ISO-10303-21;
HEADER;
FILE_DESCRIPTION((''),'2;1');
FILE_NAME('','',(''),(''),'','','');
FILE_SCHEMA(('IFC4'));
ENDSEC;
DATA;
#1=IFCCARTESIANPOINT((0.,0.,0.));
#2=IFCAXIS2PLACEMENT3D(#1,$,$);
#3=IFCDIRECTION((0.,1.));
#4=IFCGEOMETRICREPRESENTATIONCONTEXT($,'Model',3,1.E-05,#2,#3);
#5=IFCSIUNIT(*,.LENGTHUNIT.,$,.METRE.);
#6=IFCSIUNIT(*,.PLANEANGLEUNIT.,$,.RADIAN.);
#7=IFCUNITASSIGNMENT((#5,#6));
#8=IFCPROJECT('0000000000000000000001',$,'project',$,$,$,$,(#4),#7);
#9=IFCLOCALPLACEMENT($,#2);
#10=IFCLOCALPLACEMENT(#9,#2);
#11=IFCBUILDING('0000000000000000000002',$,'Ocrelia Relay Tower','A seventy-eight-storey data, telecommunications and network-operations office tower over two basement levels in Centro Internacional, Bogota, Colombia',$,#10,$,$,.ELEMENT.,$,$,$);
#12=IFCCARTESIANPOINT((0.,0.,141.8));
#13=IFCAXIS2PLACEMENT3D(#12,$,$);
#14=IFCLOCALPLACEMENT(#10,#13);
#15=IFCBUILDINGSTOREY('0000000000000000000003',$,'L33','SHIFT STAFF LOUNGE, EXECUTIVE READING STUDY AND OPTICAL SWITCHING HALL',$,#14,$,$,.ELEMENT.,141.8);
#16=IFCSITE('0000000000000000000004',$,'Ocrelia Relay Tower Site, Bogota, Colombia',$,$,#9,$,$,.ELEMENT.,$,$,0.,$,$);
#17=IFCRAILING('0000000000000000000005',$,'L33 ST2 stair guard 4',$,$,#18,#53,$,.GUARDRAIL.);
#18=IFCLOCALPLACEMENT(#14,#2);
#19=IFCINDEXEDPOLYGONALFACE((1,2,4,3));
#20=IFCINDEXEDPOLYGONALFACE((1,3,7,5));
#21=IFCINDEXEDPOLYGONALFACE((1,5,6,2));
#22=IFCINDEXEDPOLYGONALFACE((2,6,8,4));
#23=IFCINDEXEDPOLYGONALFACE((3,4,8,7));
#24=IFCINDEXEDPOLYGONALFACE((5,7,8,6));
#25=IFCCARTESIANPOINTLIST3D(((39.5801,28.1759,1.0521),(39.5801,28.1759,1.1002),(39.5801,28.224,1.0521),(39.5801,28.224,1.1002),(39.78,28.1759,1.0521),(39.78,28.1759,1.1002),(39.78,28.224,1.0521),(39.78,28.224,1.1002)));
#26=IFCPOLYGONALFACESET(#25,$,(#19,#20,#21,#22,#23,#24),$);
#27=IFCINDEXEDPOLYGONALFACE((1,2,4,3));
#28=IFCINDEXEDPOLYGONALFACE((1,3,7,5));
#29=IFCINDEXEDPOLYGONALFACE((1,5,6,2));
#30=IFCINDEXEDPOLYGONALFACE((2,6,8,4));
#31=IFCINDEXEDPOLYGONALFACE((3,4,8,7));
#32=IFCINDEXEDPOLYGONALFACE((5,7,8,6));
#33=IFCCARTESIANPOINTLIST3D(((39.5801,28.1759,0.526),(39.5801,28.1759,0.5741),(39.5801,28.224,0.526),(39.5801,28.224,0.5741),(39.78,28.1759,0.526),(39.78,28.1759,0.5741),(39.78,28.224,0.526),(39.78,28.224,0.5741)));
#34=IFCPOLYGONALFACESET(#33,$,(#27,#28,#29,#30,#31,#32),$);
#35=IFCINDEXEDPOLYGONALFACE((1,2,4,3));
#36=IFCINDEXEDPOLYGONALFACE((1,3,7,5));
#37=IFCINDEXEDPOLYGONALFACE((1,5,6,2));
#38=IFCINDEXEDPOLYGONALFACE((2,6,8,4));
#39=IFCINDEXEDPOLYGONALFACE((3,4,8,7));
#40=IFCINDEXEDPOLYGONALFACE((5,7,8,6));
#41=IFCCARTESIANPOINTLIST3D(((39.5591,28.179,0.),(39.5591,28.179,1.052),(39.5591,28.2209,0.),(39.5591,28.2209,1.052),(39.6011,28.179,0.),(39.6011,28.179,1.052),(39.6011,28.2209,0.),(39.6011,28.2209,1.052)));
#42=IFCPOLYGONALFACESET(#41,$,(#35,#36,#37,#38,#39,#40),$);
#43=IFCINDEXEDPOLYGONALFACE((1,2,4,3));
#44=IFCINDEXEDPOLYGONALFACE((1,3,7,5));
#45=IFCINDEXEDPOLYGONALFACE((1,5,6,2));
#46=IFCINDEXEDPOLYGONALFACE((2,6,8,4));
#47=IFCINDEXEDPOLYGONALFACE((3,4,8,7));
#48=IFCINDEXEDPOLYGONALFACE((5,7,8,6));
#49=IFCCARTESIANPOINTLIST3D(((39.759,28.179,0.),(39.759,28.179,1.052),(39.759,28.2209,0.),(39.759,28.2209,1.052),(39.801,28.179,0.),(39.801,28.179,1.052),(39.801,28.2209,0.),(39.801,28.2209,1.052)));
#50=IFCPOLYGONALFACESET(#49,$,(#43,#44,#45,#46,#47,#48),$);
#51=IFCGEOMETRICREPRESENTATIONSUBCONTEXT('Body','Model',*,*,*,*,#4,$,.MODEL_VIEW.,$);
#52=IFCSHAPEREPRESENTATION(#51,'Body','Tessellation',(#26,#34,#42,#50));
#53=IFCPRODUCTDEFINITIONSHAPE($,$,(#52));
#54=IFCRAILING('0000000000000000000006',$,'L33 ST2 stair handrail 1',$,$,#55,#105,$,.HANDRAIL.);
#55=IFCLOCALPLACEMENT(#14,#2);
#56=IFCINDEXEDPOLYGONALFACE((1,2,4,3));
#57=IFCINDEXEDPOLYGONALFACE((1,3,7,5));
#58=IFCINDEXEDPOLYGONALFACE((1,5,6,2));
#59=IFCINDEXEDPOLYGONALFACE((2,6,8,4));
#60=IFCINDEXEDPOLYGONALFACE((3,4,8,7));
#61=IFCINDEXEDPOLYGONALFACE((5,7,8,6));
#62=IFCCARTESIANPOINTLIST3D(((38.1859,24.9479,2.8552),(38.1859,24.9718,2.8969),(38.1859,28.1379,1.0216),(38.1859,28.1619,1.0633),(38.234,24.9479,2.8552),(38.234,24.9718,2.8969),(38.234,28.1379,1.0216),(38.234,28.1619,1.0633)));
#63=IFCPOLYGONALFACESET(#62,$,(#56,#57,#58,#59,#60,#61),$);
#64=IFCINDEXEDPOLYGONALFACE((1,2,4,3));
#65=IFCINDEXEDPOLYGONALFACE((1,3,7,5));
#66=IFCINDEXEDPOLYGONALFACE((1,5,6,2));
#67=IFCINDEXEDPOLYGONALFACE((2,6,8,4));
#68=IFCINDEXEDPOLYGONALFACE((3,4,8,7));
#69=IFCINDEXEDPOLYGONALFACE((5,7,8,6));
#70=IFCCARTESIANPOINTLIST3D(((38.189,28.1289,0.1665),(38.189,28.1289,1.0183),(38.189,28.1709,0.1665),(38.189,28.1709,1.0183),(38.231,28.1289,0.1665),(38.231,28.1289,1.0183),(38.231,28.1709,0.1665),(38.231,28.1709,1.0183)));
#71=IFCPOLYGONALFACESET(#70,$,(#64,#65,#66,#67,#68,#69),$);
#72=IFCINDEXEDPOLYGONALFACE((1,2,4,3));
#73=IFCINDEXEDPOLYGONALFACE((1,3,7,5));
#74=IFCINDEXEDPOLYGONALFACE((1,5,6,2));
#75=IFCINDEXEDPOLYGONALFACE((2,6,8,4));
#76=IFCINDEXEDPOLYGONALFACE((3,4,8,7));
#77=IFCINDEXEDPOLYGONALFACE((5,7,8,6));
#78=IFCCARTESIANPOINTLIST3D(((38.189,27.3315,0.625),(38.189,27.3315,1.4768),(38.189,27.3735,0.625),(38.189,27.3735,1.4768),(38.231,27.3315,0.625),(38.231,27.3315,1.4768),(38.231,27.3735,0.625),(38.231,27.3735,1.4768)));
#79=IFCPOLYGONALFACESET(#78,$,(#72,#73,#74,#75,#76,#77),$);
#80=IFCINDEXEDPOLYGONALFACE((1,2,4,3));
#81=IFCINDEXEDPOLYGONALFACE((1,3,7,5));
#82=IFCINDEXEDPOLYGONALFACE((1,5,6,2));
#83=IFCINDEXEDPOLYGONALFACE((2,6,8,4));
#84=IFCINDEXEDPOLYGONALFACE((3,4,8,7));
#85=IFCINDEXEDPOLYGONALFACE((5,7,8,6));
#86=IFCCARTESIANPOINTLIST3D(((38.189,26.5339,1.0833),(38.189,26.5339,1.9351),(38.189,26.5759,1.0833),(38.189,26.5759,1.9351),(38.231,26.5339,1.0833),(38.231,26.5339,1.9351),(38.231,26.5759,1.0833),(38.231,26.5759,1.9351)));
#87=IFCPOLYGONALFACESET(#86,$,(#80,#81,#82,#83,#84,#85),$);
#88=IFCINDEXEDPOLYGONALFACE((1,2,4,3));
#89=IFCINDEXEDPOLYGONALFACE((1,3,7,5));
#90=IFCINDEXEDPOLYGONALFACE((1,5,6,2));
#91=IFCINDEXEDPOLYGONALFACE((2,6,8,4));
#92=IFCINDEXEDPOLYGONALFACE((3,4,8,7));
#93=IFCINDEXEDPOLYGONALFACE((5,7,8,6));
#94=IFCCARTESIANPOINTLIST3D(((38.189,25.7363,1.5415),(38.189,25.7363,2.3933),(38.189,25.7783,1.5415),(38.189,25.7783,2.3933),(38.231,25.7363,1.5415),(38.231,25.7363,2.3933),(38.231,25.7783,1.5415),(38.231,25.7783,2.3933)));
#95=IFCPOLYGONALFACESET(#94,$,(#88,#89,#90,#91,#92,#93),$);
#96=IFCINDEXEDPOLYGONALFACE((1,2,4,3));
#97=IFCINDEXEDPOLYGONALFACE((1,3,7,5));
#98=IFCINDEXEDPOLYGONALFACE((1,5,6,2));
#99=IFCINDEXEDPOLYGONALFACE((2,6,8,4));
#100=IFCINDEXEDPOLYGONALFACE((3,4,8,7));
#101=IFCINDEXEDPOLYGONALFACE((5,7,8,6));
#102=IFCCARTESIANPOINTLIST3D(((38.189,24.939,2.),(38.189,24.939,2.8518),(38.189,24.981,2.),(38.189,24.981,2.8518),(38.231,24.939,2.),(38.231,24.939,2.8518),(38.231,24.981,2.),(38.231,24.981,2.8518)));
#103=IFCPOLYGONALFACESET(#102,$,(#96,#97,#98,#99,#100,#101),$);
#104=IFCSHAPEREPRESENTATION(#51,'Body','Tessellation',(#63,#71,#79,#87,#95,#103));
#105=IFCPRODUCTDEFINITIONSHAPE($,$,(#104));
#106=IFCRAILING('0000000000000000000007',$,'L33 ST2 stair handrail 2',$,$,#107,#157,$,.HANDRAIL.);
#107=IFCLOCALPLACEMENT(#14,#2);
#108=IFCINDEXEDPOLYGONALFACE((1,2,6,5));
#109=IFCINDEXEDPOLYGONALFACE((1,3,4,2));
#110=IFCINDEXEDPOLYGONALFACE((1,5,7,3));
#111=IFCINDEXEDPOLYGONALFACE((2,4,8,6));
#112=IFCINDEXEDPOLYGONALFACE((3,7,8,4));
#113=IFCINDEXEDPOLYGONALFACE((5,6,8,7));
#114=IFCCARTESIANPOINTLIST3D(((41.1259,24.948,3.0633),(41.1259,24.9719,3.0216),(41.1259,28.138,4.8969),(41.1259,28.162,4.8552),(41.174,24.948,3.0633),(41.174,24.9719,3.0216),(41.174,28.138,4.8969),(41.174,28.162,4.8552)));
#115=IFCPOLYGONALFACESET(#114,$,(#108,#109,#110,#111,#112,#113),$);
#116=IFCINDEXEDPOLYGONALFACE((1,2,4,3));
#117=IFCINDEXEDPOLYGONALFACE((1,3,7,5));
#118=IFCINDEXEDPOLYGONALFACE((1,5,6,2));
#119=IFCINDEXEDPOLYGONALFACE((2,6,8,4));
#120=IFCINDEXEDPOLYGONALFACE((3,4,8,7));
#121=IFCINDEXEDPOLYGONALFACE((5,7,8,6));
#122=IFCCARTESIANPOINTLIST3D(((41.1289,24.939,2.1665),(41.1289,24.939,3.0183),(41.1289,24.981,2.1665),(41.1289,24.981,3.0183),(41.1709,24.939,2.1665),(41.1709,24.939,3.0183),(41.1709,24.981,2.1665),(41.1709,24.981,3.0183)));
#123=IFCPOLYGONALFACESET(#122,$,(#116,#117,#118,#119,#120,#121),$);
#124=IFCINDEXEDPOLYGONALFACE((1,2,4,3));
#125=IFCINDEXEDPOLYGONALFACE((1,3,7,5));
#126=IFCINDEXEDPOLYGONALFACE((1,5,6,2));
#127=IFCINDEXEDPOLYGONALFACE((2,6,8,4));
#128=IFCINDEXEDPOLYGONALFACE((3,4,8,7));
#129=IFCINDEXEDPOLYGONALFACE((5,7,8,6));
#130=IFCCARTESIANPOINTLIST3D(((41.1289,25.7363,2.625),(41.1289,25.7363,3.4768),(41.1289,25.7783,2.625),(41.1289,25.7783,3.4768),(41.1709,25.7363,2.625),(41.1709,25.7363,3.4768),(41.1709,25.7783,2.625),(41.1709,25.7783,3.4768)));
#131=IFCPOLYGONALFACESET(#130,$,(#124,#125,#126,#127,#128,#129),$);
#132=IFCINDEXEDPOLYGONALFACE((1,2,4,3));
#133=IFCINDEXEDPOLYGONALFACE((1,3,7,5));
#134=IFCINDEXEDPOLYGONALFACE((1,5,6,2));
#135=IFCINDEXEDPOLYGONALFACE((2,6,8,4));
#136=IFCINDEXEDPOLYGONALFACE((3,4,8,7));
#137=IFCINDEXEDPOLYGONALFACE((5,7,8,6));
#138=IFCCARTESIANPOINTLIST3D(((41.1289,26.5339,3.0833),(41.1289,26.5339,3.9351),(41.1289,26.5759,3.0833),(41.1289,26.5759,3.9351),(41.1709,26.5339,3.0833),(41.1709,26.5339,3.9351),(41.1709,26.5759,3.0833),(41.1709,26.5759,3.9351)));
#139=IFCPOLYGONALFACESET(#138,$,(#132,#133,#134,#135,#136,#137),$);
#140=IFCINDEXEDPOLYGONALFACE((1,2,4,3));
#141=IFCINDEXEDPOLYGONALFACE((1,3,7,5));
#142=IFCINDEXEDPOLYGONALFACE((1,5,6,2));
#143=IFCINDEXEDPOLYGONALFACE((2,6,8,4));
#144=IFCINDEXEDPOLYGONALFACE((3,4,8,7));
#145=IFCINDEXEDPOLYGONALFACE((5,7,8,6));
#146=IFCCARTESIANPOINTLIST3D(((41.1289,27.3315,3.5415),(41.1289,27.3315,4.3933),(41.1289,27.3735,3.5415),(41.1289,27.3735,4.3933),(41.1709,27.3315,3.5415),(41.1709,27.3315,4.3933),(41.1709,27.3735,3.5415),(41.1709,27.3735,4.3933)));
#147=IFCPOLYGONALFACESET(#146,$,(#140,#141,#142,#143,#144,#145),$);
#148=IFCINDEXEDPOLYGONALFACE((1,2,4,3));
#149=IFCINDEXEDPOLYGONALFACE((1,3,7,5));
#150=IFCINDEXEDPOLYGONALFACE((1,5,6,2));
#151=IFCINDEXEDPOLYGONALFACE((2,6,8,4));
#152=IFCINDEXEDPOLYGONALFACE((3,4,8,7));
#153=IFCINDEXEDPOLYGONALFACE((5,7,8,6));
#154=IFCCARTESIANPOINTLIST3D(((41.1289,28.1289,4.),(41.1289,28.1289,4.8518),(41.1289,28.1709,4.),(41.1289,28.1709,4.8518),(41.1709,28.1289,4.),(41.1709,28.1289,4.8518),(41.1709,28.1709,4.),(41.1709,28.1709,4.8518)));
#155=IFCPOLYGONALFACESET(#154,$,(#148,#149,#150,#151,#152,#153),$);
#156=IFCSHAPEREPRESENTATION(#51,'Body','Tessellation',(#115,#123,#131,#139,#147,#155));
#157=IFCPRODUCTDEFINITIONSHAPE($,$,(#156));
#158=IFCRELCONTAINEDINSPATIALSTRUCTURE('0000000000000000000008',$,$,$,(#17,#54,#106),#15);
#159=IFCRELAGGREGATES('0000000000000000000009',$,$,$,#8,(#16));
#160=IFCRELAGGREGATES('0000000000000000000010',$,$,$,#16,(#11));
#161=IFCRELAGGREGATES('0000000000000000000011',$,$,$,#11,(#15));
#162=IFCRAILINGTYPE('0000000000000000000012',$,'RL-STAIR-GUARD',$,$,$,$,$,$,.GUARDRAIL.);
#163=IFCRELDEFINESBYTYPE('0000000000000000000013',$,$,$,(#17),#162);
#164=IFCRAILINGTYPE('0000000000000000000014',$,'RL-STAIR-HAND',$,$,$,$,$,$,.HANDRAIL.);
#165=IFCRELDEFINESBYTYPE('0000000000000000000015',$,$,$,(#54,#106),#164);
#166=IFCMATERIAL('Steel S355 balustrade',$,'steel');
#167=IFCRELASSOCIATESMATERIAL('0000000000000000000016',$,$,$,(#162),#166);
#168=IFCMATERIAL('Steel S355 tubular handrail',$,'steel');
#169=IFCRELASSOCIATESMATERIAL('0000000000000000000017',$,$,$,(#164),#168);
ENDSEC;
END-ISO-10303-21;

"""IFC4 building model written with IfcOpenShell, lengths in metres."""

from ifc_helpers import new_model, si_unit, direction, frame, origin, origin_2d, place, context, subcontext, project, spatial, rectangle, extrude, material, type_object, element, save


model = new_model("IFC4")

# Units and contexts
model_context = context("Model", 3, precision=1e-05, world=origin(), true_north=direction((0.0, 1.0)))
body_context = subcontext(model_context, "Body", "Model", "MODEL_VIEW")
ifc_project = project(units=[si_unit("LENGTHUNIT", "METRE"), si_unit("PLANEANGLEUNIT", "RADIAN")], contexts=[model_context])

# Site, building, storey
site_placement = place(None, origin())
site = spatial("IfcSite", under=ifc_project, at=site_placement, Name="Ocrelia Relay Tower Site, Bogota, Colombia", CompositionType="ELEMENT", RefElevation=0.0)
building_placement = place(site_placement, origin())
building = spatial("IfcBuilding", under=site, at=building_placement, Name="Ocrelia Relay Tower", Description="A seventy-eight-storey data, telecommunications and network-operations office tower over two basement levels in Centro Internacional, Bogota, Colombia", CompositionType="ELEMENT")
storey_placement = place(building_placement, frame((0.0, 0.0, 141.8)))
storey = spatial("IfcBuildingStorey", under=building, at=storey_placement, Name="L33", Description="SHIFT STAFF LOUNGE, EXECUTIVE READING STUDY AND OPTICAL SWITCHING HALL", CompositionType="ELEMENT", Elevation=141.8)

# Railings
ifc_material_1 = material(Name="Steel S355 balustrade", Category="steel")
railing_type_1 = type_object("IfcRailingType", Name="RL-STAIR-GUARD", PredefinedType="GUARDRAIL", material=ifc_material_1)
railing_1_placement = place(storey_placement, frame((39.5801, 28.2, 0.0)))
element("IfcRailing", 1, at=railing_1_placement, inside=storey, type_object=railing_type_1, Name="L33 ST2 stair guard 4", PredefinedType="GUARDRAIL", context=body_context, shape_type="SweptSolid", body=[
    extrude(rectangle(XDim=0.0481, YDim=0.0481, at=origin_2d()), frame((0.0, 0.0, 1.0762), z_axis=(1.0, 0.0, 0.0), x_axis=(0.0, 1.0, 0.0)), (0.0, 0.0, 1.0), 0.2),
    extrude(rectangle(XDim=0.0481, YDim=0.0481, at=origin_2d()), frame((0.0, 0.0, 0.55), z_axis=(1.0, 0.0, 0.0), x_axis=(0.0, 1.0, 0.0)), (0.0, 0.0, 1.0), 0.2),
    extrude(rectangle(XDim=0.042, YDim=0.042, at=origin_2d()), origin(), (0.0, 0.0, 1.0), 1.052),
    extrude(rectangle(XDim=0.042, YDim=0.042, at=origin_2d()), frame((0.2, 0.0, 0.0)), (0.0, 0.0, 1.0), 1.052),
])
ifc_material_2 = material(Name="Steel S355 tubular handrail", Category="steel")
railing_type_2 = type_object("IfcRailingType", Name="RL-STAIR-HAND", PredefinedType="HANDRAIL", material=ifc_material_2)
railing_2_placement = place(storey_placement, frame((38.21, 28.1499, 0.1665)))
element("IfcRailing", 2, at=railing_2_placement, inside=storey, type_object=railing_type_2, Name="L33 ST2 stair handrail 1", PredefinedType="HANDRAIL", context=body_context, shape_type="SweptSolid", body=[
    extrude(rectangle(XDim=0.0481, YDim=0.0481, at=origin_2d()), frame((0.0, 0.0, 0.876), z_axis=(0.0, -0.866991, 0.498324), x_axis=(1.0, 0.0, 0.0)), (0.0, 0.0, 1.0), 3.6794),
    extrude(rectangle(XDim=0.042, YDim=0.042, at=origin_2d()), origin(), (0.0, 0.0, 1.0), 0.8518),
    extrude(rectangle(XDim=0.042, YDim=0.042, at=origin_2d()), frame((0.0, -0.7974, 0.4585)), (0.0, 0.0, 1.0), 0.8518),
    extrude(rectangle(XDim=0.042, YDim=0.042, at=origin_2d()), frame((0.0, -1.595, 0.9167)), (0.0, 0.0, 1.0), 0.8518),
    extrude(rectangle(XDim=0.042, YDim=0.042, at=origin_2d()), frame((0.0, -2.3926, 1.375)), (0.0, 0.0, 1.0), 0.8518),
    extrude(rectangle(XDim=0.042, YDim=0.042, at=origin_2d()), frame((0.0, -3.1899, 1.8335)), (0.0, 0.0, 1.0), 0.8518),
])
railing_3_placement = place(storey_placement, frame((41.1499, 24.96, 2.1665)))
element("IfcRailing", 3, at=railing_3_placement, inside=storey, type_object=railing_type_2, Name="L33 ST2 stair handrail 2", PredefinedType="HANDRAIL", context=body_context, shape_type="SweptSolid", body=[
    extrude(rectangle(XDim=0.0481, YDim=0.0481, at=origin_2d()), frame((0.0, 0.0, 0.876), z_axis=(0.0, 0.866991, 0.498324), x_axis=(-1.0, 0.0, 0.0)), (0.0, 0.0, 1.0), 3.6794),
    extrude(rectangle(XDim=0.042, YDim=0.042, at=origin_2d()), origin(), (0.0, 0.0, 1.0), 0.8518),
    extrude(rectangle(XDim=0.042, YDim=0.042, at=origin_2d()), frame((0.0, 0.7974, 0.4585)), (0.0, 0.0, 1.0), 0.8518),
    extrude(rectangle(XDim=0.042, YDim=0.042, at=origin_2d()), frame((0.0, 1.595, 0.9167)), (0.0, 0.0, 1.0), 0.8518),
    extrude(rectangle(XDim=0.042, YDim=0.042, at=origin_2d()), frame((0.0, 2.3926, 1.375)), (0.0, 0.0, 1.0), 0.8518),
    extrude(rectangle(XDim=0.042, YDim=0.042, at=origin_2d()), frame((0.0, 3.1899, 1.8335)), (0.0, 0.0, 1.0), 0.8518),
])

save(model, "model.ifc")
